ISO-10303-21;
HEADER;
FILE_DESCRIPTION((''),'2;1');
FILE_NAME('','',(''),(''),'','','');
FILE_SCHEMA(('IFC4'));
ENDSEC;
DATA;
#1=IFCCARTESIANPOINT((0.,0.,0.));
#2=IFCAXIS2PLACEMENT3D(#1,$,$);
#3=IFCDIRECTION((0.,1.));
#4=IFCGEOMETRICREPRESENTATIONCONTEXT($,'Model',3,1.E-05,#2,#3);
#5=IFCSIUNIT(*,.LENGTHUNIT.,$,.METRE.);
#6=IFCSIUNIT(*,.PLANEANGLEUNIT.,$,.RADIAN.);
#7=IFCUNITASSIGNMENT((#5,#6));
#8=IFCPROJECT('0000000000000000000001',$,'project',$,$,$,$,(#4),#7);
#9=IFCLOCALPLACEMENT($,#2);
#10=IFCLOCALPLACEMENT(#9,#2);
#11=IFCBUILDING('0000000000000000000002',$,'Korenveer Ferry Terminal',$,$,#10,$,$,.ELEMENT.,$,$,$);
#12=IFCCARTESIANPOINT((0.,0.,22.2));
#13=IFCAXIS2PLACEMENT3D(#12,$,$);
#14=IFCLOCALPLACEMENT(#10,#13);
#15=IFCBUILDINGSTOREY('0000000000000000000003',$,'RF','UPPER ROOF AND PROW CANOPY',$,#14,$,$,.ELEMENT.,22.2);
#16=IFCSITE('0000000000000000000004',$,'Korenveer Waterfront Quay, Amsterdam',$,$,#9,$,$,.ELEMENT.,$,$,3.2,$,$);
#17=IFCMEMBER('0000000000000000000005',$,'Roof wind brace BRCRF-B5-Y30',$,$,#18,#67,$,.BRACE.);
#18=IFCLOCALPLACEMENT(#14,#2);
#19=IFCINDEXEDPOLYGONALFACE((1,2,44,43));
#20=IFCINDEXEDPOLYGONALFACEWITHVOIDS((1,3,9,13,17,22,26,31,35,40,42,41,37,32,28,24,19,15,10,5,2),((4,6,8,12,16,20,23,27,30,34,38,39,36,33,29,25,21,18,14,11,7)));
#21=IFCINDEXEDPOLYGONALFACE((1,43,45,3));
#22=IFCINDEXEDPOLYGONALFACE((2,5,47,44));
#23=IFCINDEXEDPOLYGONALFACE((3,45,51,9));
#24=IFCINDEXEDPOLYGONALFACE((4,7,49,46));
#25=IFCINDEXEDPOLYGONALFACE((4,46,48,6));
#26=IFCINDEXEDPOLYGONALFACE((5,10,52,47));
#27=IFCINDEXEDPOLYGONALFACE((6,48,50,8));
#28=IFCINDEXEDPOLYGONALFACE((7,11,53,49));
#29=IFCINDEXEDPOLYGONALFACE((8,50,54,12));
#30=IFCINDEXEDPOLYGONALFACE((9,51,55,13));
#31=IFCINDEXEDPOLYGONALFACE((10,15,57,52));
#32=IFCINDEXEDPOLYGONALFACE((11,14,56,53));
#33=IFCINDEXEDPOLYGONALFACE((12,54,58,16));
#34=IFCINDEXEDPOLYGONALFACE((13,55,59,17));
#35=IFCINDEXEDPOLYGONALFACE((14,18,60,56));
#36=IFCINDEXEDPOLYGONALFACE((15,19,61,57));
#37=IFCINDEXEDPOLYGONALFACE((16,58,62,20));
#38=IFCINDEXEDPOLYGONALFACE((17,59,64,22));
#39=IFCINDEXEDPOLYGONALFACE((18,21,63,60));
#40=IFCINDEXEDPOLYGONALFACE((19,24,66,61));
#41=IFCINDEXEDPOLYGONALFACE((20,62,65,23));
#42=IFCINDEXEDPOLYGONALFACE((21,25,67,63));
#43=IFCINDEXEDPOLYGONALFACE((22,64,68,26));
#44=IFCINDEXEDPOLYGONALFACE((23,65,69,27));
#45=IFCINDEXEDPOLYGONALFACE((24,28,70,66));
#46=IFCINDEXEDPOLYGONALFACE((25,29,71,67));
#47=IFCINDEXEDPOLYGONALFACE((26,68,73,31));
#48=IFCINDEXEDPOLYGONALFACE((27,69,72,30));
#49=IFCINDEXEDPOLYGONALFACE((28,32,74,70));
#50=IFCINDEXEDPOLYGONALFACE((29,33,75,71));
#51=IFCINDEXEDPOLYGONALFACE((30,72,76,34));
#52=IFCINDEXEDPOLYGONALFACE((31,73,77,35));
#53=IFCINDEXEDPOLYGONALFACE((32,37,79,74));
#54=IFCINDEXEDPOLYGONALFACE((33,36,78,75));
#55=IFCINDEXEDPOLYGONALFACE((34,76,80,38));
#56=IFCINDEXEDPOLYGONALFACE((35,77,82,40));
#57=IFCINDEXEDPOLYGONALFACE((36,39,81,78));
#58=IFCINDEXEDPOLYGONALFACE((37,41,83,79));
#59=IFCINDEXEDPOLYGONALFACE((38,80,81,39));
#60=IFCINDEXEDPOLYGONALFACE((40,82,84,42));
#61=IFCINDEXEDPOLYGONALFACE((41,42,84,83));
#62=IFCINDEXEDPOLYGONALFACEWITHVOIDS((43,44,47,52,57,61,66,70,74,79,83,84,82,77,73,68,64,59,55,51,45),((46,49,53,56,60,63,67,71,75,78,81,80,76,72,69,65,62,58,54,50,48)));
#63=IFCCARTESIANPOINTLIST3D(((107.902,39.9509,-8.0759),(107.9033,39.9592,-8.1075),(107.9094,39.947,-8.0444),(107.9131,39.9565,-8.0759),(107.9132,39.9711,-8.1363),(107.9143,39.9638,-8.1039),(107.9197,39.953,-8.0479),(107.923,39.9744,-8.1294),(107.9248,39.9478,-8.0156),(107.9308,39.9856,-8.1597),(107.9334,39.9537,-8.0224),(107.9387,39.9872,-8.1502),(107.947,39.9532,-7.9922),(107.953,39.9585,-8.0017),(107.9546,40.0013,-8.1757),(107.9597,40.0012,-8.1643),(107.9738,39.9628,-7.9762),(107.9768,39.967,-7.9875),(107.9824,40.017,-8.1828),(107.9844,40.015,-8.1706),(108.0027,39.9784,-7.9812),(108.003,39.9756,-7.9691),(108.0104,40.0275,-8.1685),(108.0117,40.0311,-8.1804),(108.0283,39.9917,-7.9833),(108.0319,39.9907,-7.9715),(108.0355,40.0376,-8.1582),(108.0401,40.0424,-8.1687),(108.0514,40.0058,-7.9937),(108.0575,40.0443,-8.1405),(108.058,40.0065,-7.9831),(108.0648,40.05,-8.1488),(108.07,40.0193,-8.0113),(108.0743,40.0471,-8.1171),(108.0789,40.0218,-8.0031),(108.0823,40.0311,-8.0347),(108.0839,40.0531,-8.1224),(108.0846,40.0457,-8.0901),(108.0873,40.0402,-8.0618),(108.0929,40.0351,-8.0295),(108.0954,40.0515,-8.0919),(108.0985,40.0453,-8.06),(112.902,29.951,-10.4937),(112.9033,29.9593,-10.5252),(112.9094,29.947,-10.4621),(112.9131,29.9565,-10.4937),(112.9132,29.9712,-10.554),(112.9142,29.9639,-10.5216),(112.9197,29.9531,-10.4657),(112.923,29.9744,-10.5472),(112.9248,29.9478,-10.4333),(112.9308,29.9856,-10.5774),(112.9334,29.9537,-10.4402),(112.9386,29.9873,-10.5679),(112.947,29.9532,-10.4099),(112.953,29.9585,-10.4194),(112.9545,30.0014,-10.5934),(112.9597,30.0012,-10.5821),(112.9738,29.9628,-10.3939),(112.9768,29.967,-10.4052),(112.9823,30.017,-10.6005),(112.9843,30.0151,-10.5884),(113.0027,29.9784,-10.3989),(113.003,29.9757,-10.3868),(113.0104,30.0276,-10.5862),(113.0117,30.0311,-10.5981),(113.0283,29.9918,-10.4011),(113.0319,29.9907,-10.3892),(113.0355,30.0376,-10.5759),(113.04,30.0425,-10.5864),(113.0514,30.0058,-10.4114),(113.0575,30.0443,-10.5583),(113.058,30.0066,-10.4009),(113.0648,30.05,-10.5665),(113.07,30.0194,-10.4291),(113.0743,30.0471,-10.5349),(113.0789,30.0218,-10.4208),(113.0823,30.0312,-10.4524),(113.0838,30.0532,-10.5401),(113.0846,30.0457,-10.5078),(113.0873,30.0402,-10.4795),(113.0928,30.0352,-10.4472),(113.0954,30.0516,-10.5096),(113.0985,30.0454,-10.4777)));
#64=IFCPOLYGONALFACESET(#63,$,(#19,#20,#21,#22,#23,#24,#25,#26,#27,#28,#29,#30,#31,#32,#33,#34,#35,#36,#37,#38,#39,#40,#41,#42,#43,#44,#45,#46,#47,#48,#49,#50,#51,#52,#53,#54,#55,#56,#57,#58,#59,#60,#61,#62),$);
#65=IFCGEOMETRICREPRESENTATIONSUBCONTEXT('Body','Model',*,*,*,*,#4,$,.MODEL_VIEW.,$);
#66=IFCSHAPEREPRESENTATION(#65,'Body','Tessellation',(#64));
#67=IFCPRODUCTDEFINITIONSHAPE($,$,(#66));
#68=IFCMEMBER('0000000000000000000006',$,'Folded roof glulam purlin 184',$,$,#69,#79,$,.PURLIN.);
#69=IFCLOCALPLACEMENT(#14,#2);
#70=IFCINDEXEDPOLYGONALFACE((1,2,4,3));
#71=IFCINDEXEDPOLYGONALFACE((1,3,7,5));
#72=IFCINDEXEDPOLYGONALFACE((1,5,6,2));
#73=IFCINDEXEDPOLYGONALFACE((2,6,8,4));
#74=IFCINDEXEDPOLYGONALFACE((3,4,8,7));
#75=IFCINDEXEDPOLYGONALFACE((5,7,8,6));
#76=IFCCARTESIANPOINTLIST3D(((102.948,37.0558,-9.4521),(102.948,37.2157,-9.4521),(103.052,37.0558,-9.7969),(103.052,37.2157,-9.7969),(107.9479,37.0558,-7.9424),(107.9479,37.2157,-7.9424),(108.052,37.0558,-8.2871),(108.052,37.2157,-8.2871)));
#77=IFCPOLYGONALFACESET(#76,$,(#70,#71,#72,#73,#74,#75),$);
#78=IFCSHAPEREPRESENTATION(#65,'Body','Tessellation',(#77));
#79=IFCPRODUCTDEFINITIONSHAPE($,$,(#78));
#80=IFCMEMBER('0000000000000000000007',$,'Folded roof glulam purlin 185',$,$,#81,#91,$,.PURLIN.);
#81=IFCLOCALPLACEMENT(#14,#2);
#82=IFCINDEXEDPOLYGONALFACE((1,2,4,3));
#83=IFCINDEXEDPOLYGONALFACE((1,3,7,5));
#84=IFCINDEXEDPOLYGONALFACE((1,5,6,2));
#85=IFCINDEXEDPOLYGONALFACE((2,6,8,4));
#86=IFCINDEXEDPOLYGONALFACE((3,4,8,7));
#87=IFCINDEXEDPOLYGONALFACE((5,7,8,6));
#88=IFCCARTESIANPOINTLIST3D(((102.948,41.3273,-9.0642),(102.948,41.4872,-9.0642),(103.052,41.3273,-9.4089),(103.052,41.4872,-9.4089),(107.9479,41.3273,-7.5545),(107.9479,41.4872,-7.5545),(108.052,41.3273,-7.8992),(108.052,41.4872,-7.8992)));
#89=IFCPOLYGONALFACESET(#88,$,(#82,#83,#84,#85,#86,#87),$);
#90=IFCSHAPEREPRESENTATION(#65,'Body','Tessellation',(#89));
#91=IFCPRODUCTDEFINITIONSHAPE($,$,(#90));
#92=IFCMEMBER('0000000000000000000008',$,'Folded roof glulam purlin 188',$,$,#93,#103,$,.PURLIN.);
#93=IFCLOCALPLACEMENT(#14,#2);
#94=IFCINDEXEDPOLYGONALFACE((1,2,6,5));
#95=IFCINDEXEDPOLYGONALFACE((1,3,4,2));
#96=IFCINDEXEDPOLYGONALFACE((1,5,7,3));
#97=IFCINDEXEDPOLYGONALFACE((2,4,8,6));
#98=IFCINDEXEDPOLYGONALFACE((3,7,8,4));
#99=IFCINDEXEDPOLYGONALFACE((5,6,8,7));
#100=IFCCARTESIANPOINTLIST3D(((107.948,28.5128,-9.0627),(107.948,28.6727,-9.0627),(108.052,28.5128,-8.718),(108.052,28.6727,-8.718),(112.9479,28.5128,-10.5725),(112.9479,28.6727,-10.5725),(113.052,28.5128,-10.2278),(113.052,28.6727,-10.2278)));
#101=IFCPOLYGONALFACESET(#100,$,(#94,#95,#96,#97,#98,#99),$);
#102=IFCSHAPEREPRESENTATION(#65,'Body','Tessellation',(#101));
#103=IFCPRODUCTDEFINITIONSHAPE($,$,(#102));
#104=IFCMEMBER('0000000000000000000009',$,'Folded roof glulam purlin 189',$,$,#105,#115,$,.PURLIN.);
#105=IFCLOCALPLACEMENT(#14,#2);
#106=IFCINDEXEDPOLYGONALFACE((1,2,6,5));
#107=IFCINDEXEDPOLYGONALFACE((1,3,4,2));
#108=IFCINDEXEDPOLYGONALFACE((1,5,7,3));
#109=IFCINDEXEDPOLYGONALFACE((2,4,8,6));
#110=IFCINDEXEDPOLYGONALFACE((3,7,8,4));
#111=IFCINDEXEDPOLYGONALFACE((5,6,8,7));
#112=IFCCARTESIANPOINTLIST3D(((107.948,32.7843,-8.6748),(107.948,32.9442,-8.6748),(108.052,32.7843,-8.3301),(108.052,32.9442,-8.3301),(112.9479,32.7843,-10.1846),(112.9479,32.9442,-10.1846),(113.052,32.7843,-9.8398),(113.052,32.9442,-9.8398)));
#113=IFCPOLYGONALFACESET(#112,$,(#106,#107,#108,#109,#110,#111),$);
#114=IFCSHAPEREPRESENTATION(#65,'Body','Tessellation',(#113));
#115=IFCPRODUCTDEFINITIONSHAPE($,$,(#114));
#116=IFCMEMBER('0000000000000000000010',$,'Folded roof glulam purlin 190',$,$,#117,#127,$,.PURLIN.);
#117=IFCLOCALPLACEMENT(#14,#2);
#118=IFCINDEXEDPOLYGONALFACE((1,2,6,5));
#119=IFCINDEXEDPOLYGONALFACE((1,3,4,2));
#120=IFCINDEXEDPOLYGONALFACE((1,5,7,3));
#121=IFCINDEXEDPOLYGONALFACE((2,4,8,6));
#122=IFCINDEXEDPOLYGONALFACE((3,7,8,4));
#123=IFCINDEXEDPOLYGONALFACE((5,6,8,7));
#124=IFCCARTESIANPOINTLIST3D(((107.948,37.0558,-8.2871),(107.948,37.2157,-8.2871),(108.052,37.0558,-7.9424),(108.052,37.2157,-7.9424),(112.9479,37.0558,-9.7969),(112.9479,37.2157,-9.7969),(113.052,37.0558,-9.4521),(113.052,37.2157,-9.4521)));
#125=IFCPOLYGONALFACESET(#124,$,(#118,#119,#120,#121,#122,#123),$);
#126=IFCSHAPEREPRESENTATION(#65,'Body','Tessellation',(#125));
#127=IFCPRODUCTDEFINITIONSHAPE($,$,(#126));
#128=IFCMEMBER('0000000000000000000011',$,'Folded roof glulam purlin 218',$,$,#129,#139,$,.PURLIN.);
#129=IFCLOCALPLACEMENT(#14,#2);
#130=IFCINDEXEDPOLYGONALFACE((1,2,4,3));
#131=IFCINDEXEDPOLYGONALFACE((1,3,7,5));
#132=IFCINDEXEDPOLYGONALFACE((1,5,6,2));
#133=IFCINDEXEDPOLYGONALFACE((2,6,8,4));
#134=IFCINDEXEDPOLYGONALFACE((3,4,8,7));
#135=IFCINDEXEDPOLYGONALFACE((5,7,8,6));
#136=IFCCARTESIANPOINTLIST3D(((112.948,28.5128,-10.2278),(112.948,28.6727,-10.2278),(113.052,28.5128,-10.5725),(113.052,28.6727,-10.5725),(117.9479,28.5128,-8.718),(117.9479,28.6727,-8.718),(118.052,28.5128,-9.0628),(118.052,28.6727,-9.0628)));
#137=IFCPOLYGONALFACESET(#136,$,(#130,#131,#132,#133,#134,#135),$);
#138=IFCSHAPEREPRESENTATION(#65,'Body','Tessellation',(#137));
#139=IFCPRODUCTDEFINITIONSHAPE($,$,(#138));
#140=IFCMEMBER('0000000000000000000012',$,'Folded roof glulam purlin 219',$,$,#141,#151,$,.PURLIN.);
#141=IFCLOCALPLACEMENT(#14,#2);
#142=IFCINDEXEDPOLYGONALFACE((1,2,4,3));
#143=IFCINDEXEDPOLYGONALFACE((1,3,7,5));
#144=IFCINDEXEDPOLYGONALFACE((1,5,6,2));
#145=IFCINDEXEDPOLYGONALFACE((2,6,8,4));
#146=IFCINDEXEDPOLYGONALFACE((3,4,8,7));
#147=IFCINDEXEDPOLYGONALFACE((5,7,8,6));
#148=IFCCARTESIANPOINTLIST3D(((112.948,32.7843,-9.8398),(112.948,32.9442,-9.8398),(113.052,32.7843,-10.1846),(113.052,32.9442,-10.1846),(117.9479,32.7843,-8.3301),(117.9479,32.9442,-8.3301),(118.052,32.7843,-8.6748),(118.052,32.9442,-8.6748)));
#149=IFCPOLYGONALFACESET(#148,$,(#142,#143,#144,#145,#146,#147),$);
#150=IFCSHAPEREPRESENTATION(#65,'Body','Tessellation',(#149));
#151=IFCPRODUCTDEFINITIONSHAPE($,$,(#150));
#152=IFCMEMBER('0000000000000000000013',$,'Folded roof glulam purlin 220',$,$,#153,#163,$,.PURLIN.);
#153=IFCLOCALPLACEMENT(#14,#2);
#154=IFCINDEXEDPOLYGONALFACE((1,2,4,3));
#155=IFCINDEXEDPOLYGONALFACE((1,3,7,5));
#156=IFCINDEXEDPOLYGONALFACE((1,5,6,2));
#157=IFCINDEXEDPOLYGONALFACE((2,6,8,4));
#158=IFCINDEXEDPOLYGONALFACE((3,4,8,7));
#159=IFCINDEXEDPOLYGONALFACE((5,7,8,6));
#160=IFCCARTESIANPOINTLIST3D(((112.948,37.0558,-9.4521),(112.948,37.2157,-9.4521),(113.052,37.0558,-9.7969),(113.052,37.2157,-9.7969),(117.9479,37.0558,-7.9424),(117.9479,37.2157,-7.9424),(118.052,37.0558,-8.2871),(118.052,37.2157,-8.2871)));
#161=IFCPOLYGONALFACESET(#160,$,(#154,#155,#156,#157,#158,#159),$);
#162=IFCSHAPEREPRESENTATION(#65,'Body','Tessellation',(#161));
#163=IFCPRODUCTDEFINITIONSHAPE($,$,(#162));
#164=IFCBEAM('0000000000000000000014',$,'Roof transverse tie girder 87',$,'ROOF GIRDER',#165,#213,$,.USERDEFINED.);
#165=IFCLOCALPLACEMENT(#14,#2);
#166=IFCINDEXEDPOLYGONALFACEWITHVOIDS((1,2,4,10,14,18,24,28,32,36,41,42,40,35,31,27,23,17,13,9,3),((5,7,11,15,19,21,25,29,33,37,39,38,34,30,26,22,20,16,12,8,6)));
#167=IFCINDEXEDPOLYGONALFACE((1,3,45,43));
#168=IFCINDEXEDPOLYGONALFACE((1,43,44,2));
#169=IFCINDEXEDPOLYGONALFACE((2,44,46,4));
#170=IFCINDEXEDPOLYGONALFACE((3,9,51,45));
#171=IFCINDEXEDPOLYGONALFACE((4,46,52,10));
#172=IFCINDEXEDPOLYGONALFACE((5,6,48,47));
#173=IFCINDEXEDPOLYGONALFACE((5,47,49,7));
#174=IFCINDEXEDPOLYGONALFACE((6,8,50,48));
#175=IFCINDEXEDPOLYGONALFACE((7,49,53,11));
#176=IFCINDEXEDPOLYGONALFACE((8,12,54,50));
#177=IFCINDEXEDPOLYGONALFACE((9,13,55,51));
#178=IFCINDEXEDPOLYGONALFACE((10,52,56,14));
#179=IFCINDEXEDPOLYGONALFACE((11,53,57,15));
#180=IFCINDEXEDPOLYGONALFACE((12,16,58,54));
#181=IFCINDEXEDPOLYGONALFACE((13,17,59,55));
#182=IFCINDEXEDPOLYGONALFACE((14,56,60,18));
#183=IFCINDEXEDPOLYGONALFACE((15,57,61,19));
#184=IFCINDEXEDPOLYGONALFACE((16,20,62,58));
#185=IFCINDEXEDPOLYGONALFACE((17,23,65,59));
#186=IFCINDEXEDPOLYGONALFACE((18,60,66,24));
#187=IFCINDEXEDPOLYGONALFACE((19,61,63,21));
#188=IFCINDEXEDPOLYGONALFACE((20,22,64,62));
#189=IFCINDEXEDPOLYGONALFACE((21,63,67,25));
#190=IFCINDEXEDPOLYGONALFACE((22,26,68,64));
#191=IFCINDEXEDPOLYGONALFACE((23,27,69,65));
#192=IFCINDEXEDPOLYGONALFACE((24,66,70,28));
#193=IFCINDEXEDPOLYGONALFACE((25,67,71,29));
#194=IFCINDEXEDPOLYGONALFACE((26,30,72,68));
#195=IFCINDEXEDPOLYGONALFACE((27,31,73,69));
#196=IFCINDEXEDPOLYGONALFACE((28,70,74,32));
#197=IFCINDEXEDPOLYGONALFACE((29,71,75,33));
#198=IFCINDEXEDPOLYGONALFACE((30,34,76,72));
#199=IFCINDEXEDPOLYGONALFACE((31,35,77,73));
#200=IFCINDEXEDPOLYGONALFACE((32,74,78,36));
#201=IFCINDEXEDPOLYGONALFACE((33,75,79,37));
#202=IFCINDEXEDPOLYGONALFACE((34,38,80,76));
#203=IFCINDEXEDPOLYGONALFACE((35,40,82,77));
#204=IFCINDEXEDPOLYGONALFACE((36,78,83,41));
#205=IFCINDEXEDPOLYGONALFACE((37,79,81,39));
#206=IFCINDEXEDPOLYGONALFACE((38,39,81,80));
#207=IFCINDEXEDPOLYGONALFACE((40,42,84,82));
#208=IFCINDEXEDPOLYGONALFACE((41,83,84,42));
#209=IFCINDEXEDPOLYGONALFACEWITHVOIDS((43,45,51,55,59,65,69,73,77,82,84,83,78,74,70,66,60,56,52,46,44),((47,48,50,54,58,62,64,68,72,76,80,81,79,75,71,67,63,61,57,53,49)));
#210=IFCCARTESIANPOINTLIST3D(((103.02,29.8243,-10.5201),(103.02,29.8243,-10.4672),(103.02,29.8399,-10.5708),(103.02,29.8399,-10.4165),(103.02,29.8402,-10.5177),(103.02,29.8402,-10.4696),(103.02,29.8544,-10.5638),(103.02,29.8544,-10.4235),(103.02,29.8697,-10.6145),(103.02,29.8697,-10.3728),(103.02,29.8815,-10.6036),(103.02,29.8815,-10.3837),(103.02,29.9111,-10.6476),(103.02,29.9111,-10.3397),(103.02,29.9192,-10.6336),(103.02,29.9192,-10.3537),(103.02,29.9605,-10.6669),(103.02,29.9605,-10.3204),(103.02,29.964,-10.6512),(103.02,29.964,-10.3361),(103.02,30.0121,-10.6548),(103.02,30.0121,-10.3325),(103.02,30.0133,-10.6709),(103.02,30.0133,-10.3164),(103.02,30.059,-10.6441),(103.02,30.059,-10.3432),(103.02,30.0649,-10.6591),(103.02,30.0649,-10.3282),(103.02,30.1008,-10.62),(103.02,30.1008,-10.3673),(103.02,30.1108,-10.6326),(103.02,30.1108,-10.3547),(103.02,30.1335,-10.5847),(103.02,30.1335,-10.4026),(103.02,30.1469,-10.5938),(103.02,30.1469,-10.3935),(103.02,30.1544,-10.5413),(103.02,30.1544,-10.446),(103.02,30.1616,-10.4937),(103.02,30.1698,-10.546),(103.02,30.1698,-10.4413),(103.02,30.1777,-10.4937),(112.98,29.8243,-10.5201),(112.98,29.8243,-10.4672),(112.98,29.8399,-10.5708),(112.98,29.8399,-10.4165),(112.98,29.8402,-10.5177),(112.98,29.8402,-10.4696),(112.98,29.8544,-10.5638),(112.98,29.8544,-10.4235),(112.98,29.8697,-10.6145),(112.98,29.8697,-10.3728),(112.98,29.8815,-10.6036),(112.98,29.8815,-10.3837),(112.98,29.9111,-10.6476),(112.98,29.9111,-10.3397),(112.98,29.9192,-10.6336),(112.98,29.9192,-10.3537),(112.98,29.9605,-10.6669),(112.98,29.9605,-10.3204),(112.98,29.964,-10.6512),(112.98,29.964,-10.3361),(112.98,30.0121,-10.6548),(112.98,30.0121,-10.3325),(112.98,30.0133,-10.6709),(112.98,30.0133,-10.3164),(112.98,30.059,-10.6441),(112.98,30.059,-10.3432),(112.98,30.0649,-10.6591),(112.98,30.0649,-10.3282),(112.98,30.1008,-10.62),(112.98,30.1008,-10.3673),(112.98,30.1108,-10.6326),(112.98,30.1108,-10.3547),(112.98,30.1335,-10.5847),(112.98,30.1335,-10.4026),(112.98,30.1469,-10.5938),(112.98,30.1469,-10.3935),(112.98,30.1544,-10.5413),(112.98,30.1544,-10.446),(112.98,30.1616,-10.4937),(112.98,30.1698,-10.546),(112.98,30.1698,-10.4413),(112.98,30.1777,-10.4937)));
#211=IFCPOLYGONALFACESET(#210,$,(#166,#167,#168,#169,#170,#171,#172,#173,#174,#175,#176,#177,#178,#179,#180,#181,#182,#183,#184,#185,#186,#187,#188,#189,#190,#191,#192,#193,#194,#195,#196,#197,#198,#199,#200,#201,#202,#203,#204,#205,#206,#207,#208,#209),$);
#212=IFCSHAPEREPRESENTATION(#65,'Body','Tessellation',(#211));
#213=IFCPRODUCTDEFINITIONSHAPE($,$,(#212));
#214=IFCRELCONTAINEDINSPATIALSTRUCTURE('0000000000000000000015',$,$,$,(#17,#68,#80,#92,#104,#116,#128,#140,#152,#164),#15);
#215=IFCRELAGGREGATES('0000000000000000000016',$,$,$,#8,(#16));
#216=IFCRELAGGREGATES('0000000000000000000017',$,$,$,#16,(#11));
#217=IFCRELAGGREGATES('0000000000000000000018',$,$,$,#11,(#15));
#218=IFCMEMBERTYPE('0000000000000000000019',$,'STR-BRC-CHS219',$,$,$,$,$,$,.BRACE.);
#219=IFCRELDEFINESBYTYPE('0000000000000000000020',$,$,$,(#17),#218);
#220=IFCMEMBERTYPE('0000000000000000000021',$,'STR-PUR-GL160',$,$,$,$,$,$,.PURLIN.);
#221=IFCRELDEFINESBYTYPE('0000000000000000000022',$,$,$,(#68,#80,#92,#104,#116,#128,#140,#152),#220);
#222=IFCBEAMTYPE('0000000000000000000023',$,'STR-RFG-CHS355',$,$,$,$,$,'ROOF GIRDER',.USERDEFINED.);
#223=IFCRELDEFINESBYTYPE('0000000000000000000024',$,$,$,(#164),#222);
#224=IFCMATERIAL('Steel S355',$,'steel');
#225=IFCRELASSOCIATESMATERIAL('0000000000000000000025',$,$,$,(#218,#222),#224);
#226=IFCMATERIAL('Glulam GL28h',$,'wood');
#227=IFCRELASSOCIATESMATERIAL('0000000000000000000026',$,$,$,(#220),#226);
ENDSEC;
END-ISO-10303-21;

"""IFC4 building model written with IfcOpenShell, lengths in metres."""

from ifc_helpers import new_model, si_unit, direction, frame, origin, origin_2d, place, context, subcontext, project, spatial, rectangle, hollow_circle, extrude, material, material_profile, profile_set, type_object, element, save


model = new_model("IFC4")

# Units and contexts
model_context = context("Model", 3, precision=1e-05, world=origin(), true_north=direction((0.0, 1.0)))
body_context = subcontext(model_context, "Body", "Model", "MODEL_VIEW")
ifc_project = project(units=[si_unit("LENGTHUNIT", "METRE"), si_unit("PLANEANGLEUNIT", "RADIAN")], contexts=[model_context])

# Site, building, storey
site_placement = place(None, origin())
site = spatial("IfcSite", under=ifc_project, at=site_placement, Name="Korenveer Waterfront Quay, Amsterdam", CompositionType="ELEMENT", RefElevation=3.2)
building_placement = place(site_placement, origin())
building = spatial("IfcBuilding", under=site, at=building_placement, Name="Korenveer Ferry Terminal", CompositionType="ELEMENT")
storey_placement = place(building_placement, frame((0.0, 0.0, 22.2)))
storey = spatial("IfcBuildingStorey", under=building, at=storey_placement, Name="RF", Description="UPPER ROOF AND PROW CANOPY", CompositionType="ELEMENT", Elevation=22.2)

# Shared definitions
ifc_material_1 = material(Name="Steel S355", Category="steel")

# Members
ifc_material_profile_1 = material_profile(ifc_material_1, hollow_circle(Radius=0.1096, WallThickness=0.0125, at=origin_2d()), Name="CHS 219.1x12.5")
ifc_profile_set_1 = profile_set([ifc_material_profile_1], Name="Steel S355")
member_type_1 = type_object("IfcMemberType", Name="STR-BRC-CHS219", PredefinedType="BRACE", material=ifc_profile_set_1)
member_1_placement = place(storey_placement, frame((113.0, 30.0, -10.4937), z_axis=(-0.43711, 0.87422, 0.211362), x_axis=(-0.894427, -0.447214, 0.0)))
element("IfcMember", 1, at=member_1_placement, inside=storey, type_object=member_type_1, Name="Roof wind brace BRCRF-B5-Y30", PredefinedType="BRACE", context=body_context, shape_type="SweptSolid", body=[
    extrude(hollow_circle(Radius=0.1096, WallThickness=0.0125, at=origin_2d()), origin(), (0.0, 0.0, 1.0), 11.4387),
])
ifc_material_2 = material(Name="Glulam GL28h", Category="wood")
ifc_material_profile_2 = material_profile(ifc_material_2, rectangle(XDim=0.1599, YDim=0.3601, at=origin_2d()), Name="GL 160x360")
ifc_profile_set_2 = profile_set([ifc_material_profile_2], Name="Glulam GL28h")
member_type_2 = type_object("IfcMemberType", Name="STR-PUR-GL160", PredefinedType="PURLIN", material=ifc_profile_set_2)
for number, where, z_axis, x_axis, name in (
    (2, (103.0, 37.1357, -9.6245), (0.95731, 0.0, 0.289063), (0.0, 1.0, 0.0), "Folded roof glulam purlin 184"),
    (3, (103.0, 41.4072, -9.2366), (0.95731, 0.0, 0.289063), (0.0, 1.0, 0.0), "Folded roof glulam purlin 185"),
    (4, (108.0, 28.5928, -8.8904), (0.95731, 0.0, -0.289063), (0.0, 1.0, 0.0), "Folded roof glulam purlin 188"),
    (5, (108.0, 32.8643, -8.5024), (0.95731, 0.0, -0.289063), (0.0, 1.0, 0.0), "Folded roof glulam purlin 189"),
    (6, (108.0, 37.1357, -8.1147), (0.95731, 0.0, -0.289063), (0.0, 1.0, 0.0), "Folded roof glulam purlin 190"),
    (7, (113.0, 28.5928, -10.4001), (0.95731, 0.0, 0.289063), (0.0, 1.0, 0.0), "Folded roof glulam purlin 218"),
    (8, (113.0, 32.8643, -10.0122), (0.95731, 0.0, 0.289063), (0.0, 1.0, 0.0), "Folded roof glulam purlin 219"),
    (9, (113.0, 37.1357, -9.6245), (0.95731, 0.0, 0.289063), (0.0, 1.0, 0.0), "Folded roof glulam purlin 220"),
):
    element("IfcMember", number, at=place(storey_placement, frame(where, z_axis=z_axis, x_axis=x_axis)), inside=storey, type_object=member_type_2, Name=name, PredefinedType="PURLIN", context=body_context, shape_type="SweptSolid", body=[
        extrude(rectangle(XDim=0.1599, YDim=0.3601, at=origin_2d()), origin(), (0.0, 0.0, 1.0), 5.2229),
    ])

# Beam
ifc_material_profile_3 = material_profile(ifc_material_1, hollow_circle(Radius=0.1777, WallThickness=0.0161, at=origin_2d()), Name="CHS 355.6x16")
ifc_profile_set_3 = profile_set([ifc_material_profile_3], Name="Steel S355")
beam_type_1 = type_object("IfcBeamType", Name="STR-RFG-CHS355", ElementType="ROOF GIRDER", PredefinedType="USERDEFINED", material=ifc_profile_set_3)
for number, where, z_axis, x_axis, name in (
    (10, (103.02, 30.0, -10.4937), (1.0, 0.0, 0.0), (0.0, 1.0, 0.0), "Roof transverse tie girder 87"),
):
    element("IfcBeam", number, at=place(storey_placement, frame(where, z_axis=z_axis, x_axis=x_axis)), inside=storey, type_object=beam_type_1, Name=name, ObjectType="ROOF GIRDER", PredefinedType="USERDEFINED", context=body_context, shape_type="SweptSolid", body=[
        extrude(hollow_circle(Radius=0.1777, WallThickness=0.0161, at=origin_2d()), origin(), (0.0, 0.0, 1.0), 9.96),
    ])

save(model, "model.ifc")
